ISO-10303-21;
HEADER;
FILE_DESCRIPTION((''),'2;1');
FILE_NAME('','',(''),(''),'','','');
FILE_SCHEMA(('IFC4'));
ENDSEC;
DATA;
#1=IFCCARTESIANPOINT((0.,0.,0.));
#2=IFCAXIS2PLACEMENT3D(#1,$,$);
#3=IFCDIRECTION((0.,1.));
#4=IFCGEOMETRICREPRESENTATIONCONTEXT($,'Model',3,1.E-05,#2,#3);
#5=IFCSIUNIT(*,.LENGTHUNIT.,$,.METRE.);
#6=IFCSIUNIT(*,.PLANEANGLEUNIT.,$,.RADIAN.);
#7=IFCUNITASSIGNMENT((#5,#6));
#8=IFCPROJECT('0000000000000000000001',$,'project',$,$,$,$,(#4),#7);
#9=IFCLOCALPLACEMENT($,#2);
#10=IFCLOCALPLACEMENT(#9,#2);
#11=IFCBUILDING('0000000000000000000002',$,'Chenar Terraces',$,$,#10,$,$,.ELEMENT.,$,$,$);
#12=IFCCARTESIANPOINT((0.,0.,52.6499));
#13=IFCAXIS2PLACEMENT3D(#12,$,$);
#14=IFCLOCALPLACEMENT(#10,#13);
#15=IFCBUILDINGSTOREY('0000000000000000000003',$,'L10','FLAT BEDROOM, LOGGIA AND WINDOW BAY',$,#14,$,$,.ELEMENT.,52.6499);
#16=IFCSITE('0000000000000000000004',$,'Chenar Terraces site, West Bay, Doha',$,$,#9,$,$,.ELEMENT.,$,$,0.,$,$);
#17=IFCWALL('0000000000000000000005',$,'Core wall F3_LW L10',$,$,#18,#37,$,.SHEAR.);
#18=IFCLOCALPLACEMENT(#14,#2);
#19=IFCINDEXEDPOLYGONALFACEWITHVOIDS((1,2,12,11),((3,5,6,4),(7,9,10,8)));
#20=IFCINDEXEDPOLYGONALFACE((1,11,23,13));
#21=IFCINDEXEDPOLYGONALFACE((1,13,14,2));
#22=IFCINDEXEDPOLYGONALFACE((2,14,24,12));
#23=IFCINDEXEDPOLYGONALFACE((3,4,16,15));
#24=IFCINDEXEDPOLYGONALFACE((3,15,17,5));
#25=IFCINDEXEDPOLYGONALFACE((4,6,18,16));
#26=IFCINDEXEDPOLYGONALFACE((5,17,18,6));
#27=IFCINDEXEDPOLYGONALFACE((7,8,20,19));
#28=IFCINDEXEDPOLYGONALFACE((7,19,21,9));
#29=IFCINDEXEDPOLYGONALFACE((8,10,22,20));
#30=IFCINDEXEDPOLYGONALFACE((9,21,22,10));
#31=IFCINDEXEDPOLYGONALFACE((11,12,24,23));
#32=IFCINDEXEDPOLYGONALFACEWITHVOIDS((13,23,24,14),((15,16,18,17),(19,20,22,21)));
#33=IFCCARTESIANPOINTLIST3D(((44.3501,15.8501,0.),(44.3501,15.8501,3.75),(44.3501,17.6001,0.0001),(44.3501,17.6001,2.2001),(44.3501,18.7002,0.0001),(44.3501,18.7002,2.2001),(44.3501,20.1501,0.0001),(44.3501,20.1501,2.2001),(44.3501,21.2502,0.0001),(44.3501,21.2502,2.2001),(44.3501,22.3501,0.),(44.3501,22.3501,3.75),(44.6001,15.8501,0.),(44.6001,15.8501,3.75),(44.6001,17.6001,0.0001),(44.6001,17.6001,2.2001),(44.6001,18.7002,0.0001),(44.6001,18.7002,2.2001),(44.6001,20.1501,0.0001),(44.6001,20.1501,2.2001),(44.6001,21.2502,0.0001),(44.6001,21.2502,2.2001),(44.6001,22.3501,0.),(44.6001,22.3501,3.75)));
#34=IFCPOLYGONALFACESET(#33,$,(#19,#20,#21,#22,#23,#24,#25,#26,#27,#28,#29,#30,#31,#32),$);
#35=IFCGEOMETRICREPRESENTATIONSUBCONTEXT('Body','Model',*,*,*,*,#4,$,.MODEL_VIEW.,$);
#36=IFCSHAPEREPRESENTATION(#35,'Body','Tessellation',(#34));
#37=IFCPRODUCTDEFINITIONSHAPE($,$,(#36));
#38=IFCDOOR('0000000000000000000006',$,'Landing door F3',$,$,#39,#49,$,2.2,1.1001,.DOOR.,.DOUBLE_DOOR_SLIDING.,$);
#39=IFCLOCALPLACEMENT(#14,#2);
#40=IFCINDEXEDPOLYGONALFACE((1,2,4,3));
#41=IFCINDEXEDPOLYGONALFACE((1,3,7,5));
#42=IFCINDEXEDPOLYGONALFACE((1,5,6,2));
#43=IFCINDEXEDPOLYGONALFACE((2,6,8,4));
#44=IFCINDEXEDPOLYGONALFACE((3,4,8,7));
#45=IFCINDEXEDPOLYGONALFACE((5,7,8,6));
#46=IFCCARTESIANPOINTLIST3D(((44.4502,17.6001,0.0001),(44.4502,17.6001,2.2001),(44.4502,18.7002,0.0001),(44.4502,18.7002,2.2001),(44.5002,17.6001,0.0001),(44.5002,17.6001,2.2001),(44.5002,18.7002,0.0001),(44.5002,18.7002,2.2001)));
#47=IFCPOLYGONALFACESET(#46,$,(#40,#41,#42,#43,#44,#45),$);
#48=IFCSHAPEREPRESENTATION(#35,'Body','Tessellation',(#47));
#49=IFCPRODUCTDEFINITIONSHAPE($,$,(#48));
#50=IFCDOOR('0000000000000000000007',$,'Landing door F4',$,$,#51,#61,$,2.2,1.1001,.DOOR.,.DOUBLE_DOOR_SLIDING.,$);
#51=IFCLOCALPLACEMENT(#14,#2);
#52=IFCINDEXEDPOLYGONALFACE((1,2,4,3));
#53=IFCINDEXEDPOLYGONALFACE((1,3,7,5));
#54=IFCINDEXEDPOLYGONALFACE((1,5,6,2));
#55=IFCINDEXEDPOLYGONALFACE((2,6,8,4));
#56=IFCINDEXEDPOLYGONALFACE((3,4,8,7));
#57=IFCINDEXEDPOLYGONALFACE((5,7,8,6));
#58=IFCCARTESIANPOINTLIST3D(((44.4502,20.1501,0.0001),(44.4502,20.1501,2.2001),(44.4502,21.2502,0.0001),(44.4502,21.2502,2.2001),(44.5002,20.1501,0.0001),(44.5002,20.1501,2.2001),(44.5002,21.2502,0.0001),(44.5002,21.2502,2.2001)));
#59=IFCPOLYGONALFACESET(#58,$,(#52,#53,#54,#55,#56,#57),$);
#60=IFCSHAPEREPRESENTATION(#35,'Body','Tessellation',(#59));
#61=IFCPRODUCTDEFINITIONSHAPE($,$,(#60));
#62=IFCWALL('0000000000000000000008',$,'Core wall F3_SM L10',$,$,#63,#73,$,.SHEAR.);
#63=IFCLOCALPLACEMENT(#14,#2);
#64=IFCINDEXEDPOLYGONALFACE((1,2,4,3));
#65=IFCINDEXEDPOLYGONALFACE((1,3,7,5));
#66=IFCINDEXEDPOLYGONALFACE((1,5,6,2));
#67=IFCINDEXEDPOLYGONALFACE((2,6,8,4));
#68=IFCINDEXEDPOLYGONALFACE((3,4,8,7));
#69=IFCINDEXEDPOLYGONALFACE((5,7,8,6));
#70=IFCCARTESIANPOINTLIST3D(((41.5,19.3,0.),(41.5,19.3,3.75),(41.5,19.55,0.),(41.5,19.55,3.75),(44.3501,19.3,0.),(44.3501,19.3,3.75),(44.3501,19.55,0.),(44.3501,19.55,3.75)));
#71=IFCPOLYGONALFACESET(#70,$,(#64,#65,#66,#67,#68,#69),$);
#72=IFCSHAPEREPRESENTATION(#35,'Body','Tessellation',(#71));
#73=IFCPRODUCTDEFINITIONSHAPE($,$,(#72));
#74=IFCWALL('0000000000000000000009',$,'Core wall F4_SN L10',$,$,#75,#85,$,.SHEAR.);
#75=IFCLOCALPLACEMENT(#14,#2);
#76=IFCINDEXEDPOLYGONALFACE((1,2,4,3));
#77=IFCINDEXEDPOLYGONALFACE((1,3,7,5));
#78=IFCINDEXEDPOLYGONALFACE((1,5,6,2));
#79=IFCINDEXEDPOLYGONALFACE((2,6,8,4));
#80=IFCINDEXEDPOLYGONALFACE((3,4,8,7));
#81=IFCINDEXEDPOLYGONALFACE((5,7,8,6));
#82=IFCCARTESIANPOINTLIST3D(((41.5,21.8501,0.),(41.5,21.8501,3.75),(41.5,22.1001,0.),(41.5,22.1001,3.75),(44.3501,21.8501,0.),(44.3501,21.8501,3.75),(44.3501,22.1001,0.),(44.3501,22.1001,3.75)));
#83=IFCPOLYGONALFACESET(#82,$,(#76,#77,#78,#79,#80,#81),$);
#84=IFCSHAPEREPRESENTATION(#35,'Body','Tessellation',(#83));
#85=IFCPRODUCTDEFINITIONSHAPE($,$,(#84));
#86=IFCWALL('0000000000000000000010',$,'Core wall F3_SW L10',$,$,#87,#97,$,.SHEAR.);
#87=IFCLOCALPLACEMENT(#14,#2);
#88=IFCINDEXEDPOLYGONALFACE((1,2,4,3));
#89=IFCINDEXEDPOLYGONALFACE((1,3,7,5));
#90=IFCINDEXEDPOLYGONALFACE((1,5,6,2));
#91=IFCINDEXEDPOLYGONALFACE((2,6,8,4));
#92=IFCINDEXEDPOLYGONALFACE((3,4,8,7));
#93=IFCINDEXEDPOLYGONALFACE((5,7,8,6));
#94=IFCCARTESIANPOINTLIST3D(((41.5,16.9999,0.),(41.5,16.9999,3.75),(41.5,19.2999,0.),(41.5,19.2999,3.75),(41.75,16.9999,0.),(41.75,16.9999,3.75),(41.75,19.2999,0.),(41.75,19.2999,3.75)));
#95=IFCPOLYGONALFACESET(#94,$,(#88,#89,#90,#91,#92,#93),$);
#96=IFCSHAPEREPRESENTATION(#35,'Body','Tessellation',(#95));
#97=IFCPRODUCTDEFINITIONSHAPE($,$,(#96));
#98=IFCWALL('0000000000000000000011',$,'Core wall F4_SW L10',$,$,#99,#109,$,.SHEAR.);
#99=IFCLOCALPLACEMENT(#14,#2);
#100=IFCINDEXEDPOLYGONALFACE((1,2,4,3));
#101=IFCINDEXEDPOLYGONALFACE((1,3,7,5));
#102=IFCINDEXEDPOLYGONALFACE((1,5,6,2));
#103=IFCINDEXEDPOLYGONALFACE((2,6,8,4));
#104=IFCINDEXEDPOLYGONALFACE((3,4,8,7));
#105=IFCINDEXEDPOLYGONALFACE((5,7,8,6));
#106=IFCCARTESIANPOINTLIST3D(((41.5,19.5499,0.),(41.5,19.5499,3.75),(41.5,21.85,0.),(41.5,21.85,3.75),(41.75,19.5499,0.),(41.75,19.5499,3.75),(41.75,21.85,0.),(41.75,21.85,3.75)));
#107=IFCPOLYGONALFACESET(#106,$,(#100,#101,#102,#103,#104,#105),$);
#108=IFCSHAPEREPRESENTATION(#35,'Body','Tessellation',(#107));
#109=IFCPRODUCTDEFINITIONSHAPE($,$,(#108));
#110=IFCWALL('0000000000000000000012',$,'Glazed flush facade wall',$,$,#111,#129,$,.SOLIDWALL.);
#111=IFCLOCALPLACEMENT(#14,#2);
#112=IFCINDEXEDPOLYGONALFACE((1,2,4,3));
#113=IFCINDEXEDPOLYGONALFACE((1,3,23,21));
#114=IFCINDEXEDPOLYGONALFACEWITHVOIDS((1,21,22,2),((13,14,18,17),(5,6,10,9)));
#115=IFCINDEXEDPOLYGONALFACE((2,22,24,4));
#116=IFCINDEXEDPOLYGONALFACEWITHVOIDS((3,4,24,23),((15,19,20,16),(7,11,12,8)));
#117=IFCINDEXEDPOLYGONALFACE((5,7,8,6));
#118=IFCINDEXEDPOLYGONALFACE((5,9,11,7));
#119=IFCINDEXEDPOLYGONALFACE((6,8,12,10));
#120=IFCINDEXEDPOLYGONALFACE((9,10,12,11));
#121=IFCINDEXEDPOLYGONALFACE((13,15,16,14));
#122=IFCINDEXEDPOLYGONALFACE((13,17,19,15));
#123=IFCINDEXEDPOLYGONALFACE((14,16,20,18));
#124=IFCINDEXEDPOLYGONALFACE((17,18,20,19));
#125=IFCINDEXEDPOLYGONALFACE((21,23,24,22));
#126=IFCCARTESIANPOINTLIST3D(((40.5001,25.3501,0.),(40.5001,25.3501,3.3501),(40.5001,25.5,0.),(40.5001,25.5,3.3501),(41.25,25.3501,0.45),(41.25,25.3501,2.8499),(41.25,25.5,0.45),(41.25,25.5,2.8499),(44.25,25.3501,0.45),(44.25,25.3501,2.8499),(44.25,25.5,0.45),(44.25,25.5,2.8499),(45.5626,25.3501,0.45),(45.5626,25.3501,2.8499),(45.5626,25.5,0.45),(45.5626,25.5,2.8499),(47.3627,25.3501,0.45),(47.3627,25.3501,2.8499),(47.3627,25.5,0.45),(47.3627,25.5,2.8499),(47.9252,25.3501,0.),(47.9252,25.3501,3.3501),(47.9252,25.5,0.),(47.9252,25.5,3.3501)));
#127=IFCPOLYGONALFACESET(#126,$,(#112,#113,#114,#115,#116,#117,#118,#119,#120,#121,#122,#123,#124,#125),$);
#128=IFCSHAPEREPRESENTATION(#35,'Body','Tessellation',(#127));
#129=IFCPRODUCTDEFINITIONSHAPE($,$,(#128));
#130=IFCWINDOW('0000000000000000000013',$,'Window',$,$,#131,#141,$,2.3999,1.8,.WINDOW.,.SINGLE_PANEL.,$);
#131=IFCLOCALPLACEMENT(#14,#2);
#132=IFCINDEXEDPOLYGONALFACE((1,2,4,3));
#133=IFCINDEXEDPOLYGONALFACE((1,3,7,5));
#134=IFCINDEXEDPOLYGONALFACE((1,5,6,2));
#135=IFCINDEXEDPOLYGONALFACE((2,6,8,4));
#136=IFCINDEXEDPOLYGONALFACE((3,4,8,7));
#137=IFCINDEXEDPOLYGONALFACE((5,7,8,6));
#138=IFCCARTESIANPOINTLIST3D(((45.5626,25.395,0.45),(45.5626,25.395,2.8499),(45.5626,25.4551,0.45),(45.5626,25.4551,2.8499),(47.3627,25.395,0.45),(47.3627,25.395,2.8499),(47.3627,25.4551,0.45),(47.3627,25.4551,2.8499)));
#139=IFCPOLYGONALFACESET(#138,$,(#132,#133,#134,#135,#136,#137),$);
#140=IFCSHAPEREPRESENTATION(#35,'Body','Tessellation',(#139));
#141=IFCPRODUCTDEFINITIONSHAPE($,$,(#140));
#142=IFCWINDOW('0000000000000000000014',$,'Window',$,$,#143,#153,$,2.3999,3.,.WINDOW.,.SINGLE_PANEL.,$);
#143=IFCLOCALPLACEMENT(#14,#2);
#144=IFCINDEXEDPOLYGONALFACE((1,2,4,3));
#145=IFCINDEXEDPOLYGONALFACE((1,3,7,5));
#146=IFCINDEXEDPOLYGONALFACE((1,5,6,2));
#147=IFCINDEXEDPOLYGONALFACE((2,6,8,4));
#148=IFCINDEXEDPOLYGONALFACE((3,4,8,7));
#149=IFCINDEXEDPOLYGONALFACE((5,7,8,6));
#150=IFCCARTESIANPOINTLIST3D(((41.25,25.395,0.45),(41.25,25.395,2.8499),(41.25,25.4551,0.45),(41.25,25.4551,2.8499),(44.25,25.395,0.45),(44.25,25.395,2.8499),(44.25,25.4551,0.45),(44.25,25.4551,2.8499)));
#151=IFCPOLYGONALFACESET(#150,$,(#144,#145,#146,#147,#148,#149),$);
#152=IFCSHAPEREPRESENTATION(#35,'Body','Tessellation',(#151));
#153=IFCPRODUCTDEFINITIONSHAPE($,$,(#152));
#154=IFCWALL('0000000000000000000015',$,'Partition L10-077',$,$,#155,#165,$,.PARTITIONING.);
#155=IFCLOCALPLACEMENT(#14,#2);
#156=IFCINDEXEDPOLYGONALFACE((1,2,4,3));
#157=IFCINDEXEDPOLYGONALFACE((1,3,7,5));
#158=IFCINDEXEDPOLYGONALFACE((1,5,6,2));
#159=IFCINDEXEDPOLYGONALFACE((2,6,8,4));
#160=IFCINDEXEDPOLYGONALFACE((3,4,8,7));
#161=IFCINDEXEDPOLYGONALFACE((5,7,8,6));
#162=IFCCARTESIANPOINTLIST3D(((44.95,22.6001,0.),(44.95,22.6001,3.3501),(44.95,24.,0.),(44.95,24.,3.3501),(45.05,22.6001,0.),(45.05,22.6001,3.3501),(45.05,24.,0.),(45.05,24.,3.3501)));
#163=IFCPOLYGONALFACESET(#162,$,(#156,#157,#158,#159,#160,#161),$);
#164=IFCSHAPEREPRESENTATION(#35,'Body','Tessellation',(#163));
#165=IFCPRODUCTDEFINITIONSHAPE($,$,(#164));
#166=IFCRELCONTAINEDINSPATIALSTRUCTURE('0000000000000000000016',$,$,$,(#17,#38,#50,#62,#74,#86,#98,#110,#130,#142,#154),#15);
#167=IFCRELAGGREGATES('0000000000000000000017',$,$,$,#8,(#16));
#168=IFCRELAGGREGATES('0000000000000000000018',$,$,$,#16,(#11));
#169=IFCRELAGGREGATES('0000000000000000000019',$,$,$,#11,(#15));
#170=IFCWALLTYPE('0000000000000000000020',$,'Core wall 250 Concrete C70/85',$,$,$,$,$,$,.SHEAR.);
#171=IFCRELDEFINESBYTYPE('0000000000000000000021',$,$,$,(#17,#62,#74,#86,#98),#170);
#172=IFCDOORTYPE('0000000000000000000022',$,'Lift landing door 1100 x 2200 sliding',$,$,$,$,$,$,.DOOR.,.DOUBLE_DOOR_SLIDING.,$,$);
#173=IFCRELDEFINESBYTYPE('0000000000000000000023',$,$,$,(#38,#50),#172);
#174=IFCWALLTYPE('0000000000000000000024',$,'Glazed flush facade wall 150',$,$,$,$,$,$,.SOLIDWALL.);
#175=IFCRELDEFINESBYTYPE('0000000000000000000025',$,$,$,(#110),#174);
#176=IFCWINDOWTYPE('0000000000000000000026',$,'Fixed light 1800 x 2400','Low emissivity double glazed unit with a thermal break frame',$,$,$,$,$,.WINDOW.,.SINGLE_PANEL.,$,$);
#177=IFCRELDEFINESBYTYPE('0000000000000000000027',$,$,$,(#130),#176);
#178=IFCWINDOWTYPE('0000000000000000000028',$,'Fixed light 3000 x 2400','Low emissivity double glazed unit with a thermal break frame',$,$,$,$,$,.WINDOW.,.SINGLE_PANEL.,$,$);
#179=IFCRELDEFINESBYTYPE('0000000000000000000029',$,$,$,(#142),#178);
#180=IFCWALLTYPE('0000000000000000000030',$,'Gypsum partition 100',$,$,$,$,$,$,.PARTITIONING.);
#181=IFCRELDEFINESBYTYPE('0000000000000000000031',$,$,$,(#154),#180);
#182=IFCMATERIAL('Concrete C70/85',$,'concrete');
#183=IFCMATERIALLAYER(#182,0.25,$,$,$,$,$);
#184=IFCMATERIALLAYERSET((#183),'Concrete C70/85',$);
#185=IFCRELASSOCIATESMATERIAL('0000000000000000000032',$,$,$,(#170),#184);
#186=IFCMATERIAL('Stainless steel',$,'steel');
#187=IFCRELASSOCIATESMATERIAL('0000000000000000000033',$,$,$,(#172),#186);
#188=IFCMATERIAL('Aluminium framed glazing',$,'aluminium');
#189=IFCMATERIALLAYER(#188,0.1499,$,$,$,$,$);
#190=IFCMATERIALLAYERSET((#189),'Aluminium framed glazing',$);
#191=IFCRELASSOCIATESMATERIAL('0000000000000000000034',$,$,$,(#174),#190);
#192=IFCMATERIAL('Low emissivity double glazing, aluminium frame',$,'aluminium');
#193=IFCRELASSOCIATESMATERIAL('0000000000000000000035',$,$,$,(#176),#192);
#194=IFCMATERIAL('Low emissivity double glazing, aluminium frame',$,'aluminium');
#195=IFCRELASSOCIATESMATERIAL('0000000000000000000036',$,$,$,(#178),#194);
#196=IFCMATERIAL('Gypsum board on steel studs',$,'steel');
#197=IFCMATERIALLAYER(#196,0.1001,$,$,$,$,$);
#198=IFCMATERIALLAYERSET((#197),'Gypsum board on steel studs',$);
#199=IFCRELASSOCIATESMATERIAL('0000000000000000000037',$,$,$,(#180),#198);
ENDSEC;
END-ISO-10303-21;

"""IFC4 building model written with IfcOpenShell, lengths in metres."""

from ifc_helpers import new_model, si_unit, direction, frame, frame_2d, origin, place, context, subcontext, project, spatial, rectangle, extrude, material, layer, layer_set, type_object, element, fill, save


model = new_model("IFC4")

# Units and contexts
model_context = context("Model", 3, precision=1e-05, world=origin(), true_north=direction((0.0, 1.0)))
body_context = subcontext(model_context, "Body", "Model", "MODEL_VIEW")
ifc_project = project(units=[si_unit("LENGTHUNIT", "METRE"), si_unit("PLANEANGLEUNIT", "RADIAN")], contexts=[model_context])

# Site, building, storey
site_placement = place(None, origin())
site = spatial("IfcSite", under=ifc_project, at=site_placement, Name="Chenar Terraces site, West Bay, Doha", CompositionType="ELEMENT", RefElevation=0.0)
building_placement = place(site_placement, origin())
building = spatial("IfcBuilding", under=site, at=building_placement, Name="Chenar Terraces", CompositionType="ELEMENT")
storey_placement = place(building_placement, frame((0.0, 0.0, 52.6499)))
storey = spatial("IfcBuildingStorey", under=building, at=storey_placement, Name="L10", Description="FLAT BEDROOM, LOGGIA AND WINDOW BAY", CompositionType="ELEMENT", Elevation=52.6499)

# Shared definitions
ifc_material_1 = material(Name="Concrete C70/85", Category="concrete")
ifc_layer_1 = layer(ifc_material_1, 0.25)
ifc_layer_set_1 = layer_set([ifc_layer_1], Name="Concrete C70/85")
wall_type_1 = type_object("IfcWallType", Name="Core wall 250 Concrete C70/85", PredefinedType="SHEAR", material=ifc_layer_set_1)

# Wall, openings, doors
wall_1_placement = place(storey_placement, frame((44.4751, 15.8501, 0.0), z_axis=(0.0, 0.0, 1.0), x_axis=(0.0, 1.0, 0.0)))
wall_1 = element("IfcWall", 1, at=wall_1_placement, inside=storey, type_object=wall_type_1, Name="Core wall F3_LW L10", PredefinedType="SHEAR", context=body_context, shape_type="SweptSolid", body=[
    extrude(rectangle(XDim=6.5, YDim=0.25, at=frame_2d((3.25, 0.0))), origin(), (0.0, 0.0, 1.0), 3.75),
])
opening_1_placement = place(wall_1_placement, frame((1.75, 0.0, 0.0)))
opening_1 = element("IfcOpeningElement", 2, at=opening_1_placement, cuts=wall_1, PredefinedType="OPENING", context=body_context, shape_type="SweptSolid", body=[
    extrude(rectangle(XDim=1.1001, YDim=2.2, at=frame_2d((0.55, 1.1001))), frame((0.0, 0.135, 0.0), z_axis=(0.0, -1.0, 0.0), x_axis=(1.0, 0.0, 0.0)), (0.0, 0.0, 1.0), 0.27),
])
opening_2_placement = place(wall_1_placement, frame((4.3, 0.0, 0.0)))
opening_2 = element("IfcOpeningElement", 3, at=opening_2_placement, cuts=wall_1, PredefinedType="OPENING", context=body_context, shape_type="SweptSolid", body=[
    extrude(rectangle(XDim=1.1001, YDim=2.2, at=frame_2d((0.55, 1.1001))), frame((0.0, 0.135, 0.0), z_axis=(0.0, -1.0, 0.0), x_axis=(1.0, 0.0, 0.0)), (0.0, 0.0, 1.0), 0.27),
])
ifc_material_2 = material(Name="Stainless steel", Category="steel")
door_type_1 = type_object("IfcDoorType", Name="Lift landing door 1100 x 2200 sliding", OperationType="DOUBLE_DOOR_SLIDING", PredefinedType="DOOR", material=ifc_material_2)
door_1_placement = place(opening_1_placement, origin())
door_1 = element("IfcDoor", 4, at=door_1_placement, inside=storey, type_object=door_type_1, Name="Landing door F3", OperationType="DOUBLE_DOOR_SLIDING", OverallHeight=2.2, OverallWidth=1.1001, PredefinedType="DOOR", context=body_context, shape_type="SweptSolid", body=[
    extrude(rectangle(XDim=1.1001, YDim=2.2, at=frame_2d((0.55, 1.1001))), frame((0.0, 0.0249, 0.0), z_axis=(0.0, -1.0, 0.0), x_axis=(1.0, 0.0, 0.0)), (0.0, 0.0, 1.0), 0.05),
])
fill(opening_1, door_1)
door_2_placement = place(opening_2_placement, origin())
door_2 = element("IfcDoor", 5, at=door_2_placement, inside=storey, type_object=door_type_1, Name="Landing door F4", OperationType="DOUBLE_DOOR_SLIDING", OverallHeight=2.2, OverallWidth=1.1001, PredefinedType="DOOR", context=body_context, shape_type="SweptSolid", body=[
    extrude(rectangle(XDim=1.1001, YDim=2.2, at=frame_2d((0.55, 1.1001))), frame((0.0, 0.0249, 0.0), z_axis=(0.0, -1.0, 0.0), x_axis=(1.0, 0.0, 0.0)), (0.0, 0.0, 1.0), 0.05),
])
fill(opening_2, door_2)

# Walls
for number, where, z_axis, x_axis, name in (
    (6, (41.5, 19.425, 0.0), (0.0, 0.0, 1.0), (1.0, 0.0, 0.0), "Core wall F3_SM L10"),
    (7, (41.5, 21.9751, 0.0), (0.0, 0.0, 1.0), (1.0, 0.0, 0.0), "Core wall F4_SN L10"),
):
    element("IfcWall", number, at=place(storey_placement, frame(where, z_axis=z_axis, x_axis=x_axis)), inside=storey, type_object=wall_type_1, Name=name, PredefinedType="SHEAR", context=body_context, shape_type="SweptSolid", body=[
        extrude(rectangle(XDim=2.8501, YDim=0.25, at=frame_2d((1.425, 0.0))), origin(), (0.0, 0.0, 1.0), 3.75),
    ])
for number, where, z_axis, x_axis, name in (
    (8, (41.625, 17.0, 0.0), (0.0, 0.0, 1.0), (0.0, 1.0, 0.0), "Core wall F3_SW L10"),
    (9, (41.625, 19.55, 0.0), (0.0, 0.0, 1.0), (0.0, 1.0, 0.0), "Core wall F4_SW L10"),
):
    element("IfcWall", number, at=place(storey_placement, frame(where, z_axis=z_axis, x_axis=x_axis)), inside=storey, type_object=wall_type_1, Name=name, PredefinedType="SHEAR", context=body_context, shape_type="SweptSolid", body=[
        extrude(rectangle(XDim=2.3, YDim=0.25, at=frame_2d((1.1499, 0.0))), origin(), (0.0, 0.0, 1.0), 3.75),
    ])

# Wall, openings, windows
ifc_material_3 = material(Name="Aluminium framed glazing", Category="aluminium")
ifc_layer_2 = layer(ifc_material_3, 0.1499)
ifc_layer_set_2 = layer_set([ifc_layer_2], Name="Aluminium framed glazing")
wall_type_2 = type_object("IfcWallType", Name="Glazed flush facade wall 150", PredefinedType="SOLIDWALL", material=ifc_layer_set_2)
wall_2_placement = place(storey_placement, frame((47.925, 25.425, 0.0), z_axis=(0.0, 0.0, 1.0), x_axis=(-1.0, 0.0, 0.0)))
wall_2 = element("IfcWall", 10, at=wall_2_placement, inside=storey, type_object=wall_type_2, Name="Glazed flush facade wall", PredefinedType="SOLIDWALL", context=body_context, shape_type="SweptSolid", body=[
    extrude(rectangle(XDim=7.425, YDim=0.1499, at=frame_2d((3.7124, 0.0))), origin(), (0.0, 0.0, 1.0), 3.3501),
])
opening_3_placement = place(wall_2_placement, frame((0.5625, 0.0, 0.45)))
opening_3 = element("IfcOpeningElement", 11, at=opening_3_placement, cuts=wall_2, PredefinedType="OPENING", context=body_context, shape_type="SweptSolid", body=[
    extrude(rectangle(XDim=1.8, YDim=2.3999, at=frame_2d((0.8999, 1.2))), frame((0.0, 0.085, 0.0), z_axis=(0.0, -1.0, 0.0), x_axis=(1.0, 0.0, 0.0)), (0.0, 0.0, 1.0), 0.1699),
])
opening_4_placement = place(wall_2_placement, frame((3.675, 0.0, 0.45)))
opening_4 = element("IfcOpeningElement", 12, at=opening_4_placement, cuts=wall_2, PredefinedType="OPENING", context=body_context, shape_type="SweptSolid", body=[
    extrude(rectangle(XDim=3.0, YDim=2.3999, at=frame_2d((1.5, 1.2))), frame((0.0, 0.085, 0.0), z_axis=(0.0, -1.0, 0.0), x_axis=(1.0, 0.0, 0.0)), (0.0, 0.0, 1.0), 0.1699),
])
ifc_material_4 = material(Name="Low emissivity double glazing, aluminium frame", Category="aluminium")
window_type_1 = type_object("IfcWindowType", Name="Fixed light 1800 x 2400", Description="Low emissivity double glazed unit with a thermal break frame", PartitioningType="SINGLE_PANEL", PredefinedType="WINDOW", material=ifc_material_4)
window_1_placement = place(opening_3_placement, origin())
window_1 = element("IfcWindow", 13, at=window_1_placement, inside=storey, type_object=window_type_1, Name="Window", OverallHeight=2.3999, OverallWidth=1.8, PartitioningType="SINGLE_PANEL", PredefinedType="WINDOW", context=body_context, shape_type="SweptSolid", body=[
    extrude(rectangle(XDim=1.8, YDim=2.3999, at=frame_2d((0.8999, 1.2))), frame((0.0, 0.03, 0.0), z_axis=(0.0, -1.0, 0.0), x_axis=(1.0, 0.0, 0.0)), (0.0, 0.0, 1.0), 0.0601),
])
fill(opening_3, window_1)
ifc_material_5 = material(Name="Low emissivity double glazing, aluminium frame", Category="aluminium")
window_type_2 = type_object("IfcWindowType", Name="Fixed light 3000 x 2400", Description="Low emissivity double glazed unit with a thermal break frame", PartitioningType="SINGLE_PANEL", PredefinedType="WINDOW", material=ifc_material_5)
window_2_placement = place(opening_4_placement, origin())
window_2 = element("IfcWindow", 14, at=window_2_placement, inside=storey, type_object=window_type_2, Name="Window", OverallHeight=2.3999, OverallWidth=3.0, PartitioningType="SINGLE_PANEL", PredefinedType="WINDOW", context=body_context, shape_type="SweptSolid", body=[
    extrude(rectangle(XDim=3.0, YDim=2.3999, at=frame_2d((1.5, 1.2))), frame((0.0, 0.03, 0.0), z_axis=(0.0, -1.0, 0.0), x_axis=(1.0, 0.0, 0.0)), (0.0, 0.0, 1.0), 0.0601),
])
fill(opening_4, window_2)

# Wall
ifc_material_6 = material(Name="Gypsum board on steel studs", Category="steel")
ifc_layer_3 = layer(ifc_material_6, 0.1001)
ifc_layer_set_3 = layer_set([ifc_layer_3], Name="Gypsum board on steel studs")
wall_type_3 = type_object("IfcWallType", Name="Gypsum partition 100", PredefinedType="PARTITIONING", material=ifc_layer_set_3)
wall_3_placement = place(storey_placement, frame((45.0, 22.6001, 0.0), z_axis=(0.0, 0.0, 1.0), x_axis=(0.0, 1.0, 0.0)))
element("IfcWall", 15, at=wall_3_placement, inside=storey, type_object=wall_type_3, Name="Partition L10-077", PredefinedType="PARTITIONING", context=body_context, shape_type="SweptSolid", body=[
    extrude(rectangle(XDim=1.3999, YDim=0.1001, at=frame_2d((0.7, 0.0))), origin(), (0.0, 0.0, 1.0), 3.3501),
])

save(model, "model.ifc")
